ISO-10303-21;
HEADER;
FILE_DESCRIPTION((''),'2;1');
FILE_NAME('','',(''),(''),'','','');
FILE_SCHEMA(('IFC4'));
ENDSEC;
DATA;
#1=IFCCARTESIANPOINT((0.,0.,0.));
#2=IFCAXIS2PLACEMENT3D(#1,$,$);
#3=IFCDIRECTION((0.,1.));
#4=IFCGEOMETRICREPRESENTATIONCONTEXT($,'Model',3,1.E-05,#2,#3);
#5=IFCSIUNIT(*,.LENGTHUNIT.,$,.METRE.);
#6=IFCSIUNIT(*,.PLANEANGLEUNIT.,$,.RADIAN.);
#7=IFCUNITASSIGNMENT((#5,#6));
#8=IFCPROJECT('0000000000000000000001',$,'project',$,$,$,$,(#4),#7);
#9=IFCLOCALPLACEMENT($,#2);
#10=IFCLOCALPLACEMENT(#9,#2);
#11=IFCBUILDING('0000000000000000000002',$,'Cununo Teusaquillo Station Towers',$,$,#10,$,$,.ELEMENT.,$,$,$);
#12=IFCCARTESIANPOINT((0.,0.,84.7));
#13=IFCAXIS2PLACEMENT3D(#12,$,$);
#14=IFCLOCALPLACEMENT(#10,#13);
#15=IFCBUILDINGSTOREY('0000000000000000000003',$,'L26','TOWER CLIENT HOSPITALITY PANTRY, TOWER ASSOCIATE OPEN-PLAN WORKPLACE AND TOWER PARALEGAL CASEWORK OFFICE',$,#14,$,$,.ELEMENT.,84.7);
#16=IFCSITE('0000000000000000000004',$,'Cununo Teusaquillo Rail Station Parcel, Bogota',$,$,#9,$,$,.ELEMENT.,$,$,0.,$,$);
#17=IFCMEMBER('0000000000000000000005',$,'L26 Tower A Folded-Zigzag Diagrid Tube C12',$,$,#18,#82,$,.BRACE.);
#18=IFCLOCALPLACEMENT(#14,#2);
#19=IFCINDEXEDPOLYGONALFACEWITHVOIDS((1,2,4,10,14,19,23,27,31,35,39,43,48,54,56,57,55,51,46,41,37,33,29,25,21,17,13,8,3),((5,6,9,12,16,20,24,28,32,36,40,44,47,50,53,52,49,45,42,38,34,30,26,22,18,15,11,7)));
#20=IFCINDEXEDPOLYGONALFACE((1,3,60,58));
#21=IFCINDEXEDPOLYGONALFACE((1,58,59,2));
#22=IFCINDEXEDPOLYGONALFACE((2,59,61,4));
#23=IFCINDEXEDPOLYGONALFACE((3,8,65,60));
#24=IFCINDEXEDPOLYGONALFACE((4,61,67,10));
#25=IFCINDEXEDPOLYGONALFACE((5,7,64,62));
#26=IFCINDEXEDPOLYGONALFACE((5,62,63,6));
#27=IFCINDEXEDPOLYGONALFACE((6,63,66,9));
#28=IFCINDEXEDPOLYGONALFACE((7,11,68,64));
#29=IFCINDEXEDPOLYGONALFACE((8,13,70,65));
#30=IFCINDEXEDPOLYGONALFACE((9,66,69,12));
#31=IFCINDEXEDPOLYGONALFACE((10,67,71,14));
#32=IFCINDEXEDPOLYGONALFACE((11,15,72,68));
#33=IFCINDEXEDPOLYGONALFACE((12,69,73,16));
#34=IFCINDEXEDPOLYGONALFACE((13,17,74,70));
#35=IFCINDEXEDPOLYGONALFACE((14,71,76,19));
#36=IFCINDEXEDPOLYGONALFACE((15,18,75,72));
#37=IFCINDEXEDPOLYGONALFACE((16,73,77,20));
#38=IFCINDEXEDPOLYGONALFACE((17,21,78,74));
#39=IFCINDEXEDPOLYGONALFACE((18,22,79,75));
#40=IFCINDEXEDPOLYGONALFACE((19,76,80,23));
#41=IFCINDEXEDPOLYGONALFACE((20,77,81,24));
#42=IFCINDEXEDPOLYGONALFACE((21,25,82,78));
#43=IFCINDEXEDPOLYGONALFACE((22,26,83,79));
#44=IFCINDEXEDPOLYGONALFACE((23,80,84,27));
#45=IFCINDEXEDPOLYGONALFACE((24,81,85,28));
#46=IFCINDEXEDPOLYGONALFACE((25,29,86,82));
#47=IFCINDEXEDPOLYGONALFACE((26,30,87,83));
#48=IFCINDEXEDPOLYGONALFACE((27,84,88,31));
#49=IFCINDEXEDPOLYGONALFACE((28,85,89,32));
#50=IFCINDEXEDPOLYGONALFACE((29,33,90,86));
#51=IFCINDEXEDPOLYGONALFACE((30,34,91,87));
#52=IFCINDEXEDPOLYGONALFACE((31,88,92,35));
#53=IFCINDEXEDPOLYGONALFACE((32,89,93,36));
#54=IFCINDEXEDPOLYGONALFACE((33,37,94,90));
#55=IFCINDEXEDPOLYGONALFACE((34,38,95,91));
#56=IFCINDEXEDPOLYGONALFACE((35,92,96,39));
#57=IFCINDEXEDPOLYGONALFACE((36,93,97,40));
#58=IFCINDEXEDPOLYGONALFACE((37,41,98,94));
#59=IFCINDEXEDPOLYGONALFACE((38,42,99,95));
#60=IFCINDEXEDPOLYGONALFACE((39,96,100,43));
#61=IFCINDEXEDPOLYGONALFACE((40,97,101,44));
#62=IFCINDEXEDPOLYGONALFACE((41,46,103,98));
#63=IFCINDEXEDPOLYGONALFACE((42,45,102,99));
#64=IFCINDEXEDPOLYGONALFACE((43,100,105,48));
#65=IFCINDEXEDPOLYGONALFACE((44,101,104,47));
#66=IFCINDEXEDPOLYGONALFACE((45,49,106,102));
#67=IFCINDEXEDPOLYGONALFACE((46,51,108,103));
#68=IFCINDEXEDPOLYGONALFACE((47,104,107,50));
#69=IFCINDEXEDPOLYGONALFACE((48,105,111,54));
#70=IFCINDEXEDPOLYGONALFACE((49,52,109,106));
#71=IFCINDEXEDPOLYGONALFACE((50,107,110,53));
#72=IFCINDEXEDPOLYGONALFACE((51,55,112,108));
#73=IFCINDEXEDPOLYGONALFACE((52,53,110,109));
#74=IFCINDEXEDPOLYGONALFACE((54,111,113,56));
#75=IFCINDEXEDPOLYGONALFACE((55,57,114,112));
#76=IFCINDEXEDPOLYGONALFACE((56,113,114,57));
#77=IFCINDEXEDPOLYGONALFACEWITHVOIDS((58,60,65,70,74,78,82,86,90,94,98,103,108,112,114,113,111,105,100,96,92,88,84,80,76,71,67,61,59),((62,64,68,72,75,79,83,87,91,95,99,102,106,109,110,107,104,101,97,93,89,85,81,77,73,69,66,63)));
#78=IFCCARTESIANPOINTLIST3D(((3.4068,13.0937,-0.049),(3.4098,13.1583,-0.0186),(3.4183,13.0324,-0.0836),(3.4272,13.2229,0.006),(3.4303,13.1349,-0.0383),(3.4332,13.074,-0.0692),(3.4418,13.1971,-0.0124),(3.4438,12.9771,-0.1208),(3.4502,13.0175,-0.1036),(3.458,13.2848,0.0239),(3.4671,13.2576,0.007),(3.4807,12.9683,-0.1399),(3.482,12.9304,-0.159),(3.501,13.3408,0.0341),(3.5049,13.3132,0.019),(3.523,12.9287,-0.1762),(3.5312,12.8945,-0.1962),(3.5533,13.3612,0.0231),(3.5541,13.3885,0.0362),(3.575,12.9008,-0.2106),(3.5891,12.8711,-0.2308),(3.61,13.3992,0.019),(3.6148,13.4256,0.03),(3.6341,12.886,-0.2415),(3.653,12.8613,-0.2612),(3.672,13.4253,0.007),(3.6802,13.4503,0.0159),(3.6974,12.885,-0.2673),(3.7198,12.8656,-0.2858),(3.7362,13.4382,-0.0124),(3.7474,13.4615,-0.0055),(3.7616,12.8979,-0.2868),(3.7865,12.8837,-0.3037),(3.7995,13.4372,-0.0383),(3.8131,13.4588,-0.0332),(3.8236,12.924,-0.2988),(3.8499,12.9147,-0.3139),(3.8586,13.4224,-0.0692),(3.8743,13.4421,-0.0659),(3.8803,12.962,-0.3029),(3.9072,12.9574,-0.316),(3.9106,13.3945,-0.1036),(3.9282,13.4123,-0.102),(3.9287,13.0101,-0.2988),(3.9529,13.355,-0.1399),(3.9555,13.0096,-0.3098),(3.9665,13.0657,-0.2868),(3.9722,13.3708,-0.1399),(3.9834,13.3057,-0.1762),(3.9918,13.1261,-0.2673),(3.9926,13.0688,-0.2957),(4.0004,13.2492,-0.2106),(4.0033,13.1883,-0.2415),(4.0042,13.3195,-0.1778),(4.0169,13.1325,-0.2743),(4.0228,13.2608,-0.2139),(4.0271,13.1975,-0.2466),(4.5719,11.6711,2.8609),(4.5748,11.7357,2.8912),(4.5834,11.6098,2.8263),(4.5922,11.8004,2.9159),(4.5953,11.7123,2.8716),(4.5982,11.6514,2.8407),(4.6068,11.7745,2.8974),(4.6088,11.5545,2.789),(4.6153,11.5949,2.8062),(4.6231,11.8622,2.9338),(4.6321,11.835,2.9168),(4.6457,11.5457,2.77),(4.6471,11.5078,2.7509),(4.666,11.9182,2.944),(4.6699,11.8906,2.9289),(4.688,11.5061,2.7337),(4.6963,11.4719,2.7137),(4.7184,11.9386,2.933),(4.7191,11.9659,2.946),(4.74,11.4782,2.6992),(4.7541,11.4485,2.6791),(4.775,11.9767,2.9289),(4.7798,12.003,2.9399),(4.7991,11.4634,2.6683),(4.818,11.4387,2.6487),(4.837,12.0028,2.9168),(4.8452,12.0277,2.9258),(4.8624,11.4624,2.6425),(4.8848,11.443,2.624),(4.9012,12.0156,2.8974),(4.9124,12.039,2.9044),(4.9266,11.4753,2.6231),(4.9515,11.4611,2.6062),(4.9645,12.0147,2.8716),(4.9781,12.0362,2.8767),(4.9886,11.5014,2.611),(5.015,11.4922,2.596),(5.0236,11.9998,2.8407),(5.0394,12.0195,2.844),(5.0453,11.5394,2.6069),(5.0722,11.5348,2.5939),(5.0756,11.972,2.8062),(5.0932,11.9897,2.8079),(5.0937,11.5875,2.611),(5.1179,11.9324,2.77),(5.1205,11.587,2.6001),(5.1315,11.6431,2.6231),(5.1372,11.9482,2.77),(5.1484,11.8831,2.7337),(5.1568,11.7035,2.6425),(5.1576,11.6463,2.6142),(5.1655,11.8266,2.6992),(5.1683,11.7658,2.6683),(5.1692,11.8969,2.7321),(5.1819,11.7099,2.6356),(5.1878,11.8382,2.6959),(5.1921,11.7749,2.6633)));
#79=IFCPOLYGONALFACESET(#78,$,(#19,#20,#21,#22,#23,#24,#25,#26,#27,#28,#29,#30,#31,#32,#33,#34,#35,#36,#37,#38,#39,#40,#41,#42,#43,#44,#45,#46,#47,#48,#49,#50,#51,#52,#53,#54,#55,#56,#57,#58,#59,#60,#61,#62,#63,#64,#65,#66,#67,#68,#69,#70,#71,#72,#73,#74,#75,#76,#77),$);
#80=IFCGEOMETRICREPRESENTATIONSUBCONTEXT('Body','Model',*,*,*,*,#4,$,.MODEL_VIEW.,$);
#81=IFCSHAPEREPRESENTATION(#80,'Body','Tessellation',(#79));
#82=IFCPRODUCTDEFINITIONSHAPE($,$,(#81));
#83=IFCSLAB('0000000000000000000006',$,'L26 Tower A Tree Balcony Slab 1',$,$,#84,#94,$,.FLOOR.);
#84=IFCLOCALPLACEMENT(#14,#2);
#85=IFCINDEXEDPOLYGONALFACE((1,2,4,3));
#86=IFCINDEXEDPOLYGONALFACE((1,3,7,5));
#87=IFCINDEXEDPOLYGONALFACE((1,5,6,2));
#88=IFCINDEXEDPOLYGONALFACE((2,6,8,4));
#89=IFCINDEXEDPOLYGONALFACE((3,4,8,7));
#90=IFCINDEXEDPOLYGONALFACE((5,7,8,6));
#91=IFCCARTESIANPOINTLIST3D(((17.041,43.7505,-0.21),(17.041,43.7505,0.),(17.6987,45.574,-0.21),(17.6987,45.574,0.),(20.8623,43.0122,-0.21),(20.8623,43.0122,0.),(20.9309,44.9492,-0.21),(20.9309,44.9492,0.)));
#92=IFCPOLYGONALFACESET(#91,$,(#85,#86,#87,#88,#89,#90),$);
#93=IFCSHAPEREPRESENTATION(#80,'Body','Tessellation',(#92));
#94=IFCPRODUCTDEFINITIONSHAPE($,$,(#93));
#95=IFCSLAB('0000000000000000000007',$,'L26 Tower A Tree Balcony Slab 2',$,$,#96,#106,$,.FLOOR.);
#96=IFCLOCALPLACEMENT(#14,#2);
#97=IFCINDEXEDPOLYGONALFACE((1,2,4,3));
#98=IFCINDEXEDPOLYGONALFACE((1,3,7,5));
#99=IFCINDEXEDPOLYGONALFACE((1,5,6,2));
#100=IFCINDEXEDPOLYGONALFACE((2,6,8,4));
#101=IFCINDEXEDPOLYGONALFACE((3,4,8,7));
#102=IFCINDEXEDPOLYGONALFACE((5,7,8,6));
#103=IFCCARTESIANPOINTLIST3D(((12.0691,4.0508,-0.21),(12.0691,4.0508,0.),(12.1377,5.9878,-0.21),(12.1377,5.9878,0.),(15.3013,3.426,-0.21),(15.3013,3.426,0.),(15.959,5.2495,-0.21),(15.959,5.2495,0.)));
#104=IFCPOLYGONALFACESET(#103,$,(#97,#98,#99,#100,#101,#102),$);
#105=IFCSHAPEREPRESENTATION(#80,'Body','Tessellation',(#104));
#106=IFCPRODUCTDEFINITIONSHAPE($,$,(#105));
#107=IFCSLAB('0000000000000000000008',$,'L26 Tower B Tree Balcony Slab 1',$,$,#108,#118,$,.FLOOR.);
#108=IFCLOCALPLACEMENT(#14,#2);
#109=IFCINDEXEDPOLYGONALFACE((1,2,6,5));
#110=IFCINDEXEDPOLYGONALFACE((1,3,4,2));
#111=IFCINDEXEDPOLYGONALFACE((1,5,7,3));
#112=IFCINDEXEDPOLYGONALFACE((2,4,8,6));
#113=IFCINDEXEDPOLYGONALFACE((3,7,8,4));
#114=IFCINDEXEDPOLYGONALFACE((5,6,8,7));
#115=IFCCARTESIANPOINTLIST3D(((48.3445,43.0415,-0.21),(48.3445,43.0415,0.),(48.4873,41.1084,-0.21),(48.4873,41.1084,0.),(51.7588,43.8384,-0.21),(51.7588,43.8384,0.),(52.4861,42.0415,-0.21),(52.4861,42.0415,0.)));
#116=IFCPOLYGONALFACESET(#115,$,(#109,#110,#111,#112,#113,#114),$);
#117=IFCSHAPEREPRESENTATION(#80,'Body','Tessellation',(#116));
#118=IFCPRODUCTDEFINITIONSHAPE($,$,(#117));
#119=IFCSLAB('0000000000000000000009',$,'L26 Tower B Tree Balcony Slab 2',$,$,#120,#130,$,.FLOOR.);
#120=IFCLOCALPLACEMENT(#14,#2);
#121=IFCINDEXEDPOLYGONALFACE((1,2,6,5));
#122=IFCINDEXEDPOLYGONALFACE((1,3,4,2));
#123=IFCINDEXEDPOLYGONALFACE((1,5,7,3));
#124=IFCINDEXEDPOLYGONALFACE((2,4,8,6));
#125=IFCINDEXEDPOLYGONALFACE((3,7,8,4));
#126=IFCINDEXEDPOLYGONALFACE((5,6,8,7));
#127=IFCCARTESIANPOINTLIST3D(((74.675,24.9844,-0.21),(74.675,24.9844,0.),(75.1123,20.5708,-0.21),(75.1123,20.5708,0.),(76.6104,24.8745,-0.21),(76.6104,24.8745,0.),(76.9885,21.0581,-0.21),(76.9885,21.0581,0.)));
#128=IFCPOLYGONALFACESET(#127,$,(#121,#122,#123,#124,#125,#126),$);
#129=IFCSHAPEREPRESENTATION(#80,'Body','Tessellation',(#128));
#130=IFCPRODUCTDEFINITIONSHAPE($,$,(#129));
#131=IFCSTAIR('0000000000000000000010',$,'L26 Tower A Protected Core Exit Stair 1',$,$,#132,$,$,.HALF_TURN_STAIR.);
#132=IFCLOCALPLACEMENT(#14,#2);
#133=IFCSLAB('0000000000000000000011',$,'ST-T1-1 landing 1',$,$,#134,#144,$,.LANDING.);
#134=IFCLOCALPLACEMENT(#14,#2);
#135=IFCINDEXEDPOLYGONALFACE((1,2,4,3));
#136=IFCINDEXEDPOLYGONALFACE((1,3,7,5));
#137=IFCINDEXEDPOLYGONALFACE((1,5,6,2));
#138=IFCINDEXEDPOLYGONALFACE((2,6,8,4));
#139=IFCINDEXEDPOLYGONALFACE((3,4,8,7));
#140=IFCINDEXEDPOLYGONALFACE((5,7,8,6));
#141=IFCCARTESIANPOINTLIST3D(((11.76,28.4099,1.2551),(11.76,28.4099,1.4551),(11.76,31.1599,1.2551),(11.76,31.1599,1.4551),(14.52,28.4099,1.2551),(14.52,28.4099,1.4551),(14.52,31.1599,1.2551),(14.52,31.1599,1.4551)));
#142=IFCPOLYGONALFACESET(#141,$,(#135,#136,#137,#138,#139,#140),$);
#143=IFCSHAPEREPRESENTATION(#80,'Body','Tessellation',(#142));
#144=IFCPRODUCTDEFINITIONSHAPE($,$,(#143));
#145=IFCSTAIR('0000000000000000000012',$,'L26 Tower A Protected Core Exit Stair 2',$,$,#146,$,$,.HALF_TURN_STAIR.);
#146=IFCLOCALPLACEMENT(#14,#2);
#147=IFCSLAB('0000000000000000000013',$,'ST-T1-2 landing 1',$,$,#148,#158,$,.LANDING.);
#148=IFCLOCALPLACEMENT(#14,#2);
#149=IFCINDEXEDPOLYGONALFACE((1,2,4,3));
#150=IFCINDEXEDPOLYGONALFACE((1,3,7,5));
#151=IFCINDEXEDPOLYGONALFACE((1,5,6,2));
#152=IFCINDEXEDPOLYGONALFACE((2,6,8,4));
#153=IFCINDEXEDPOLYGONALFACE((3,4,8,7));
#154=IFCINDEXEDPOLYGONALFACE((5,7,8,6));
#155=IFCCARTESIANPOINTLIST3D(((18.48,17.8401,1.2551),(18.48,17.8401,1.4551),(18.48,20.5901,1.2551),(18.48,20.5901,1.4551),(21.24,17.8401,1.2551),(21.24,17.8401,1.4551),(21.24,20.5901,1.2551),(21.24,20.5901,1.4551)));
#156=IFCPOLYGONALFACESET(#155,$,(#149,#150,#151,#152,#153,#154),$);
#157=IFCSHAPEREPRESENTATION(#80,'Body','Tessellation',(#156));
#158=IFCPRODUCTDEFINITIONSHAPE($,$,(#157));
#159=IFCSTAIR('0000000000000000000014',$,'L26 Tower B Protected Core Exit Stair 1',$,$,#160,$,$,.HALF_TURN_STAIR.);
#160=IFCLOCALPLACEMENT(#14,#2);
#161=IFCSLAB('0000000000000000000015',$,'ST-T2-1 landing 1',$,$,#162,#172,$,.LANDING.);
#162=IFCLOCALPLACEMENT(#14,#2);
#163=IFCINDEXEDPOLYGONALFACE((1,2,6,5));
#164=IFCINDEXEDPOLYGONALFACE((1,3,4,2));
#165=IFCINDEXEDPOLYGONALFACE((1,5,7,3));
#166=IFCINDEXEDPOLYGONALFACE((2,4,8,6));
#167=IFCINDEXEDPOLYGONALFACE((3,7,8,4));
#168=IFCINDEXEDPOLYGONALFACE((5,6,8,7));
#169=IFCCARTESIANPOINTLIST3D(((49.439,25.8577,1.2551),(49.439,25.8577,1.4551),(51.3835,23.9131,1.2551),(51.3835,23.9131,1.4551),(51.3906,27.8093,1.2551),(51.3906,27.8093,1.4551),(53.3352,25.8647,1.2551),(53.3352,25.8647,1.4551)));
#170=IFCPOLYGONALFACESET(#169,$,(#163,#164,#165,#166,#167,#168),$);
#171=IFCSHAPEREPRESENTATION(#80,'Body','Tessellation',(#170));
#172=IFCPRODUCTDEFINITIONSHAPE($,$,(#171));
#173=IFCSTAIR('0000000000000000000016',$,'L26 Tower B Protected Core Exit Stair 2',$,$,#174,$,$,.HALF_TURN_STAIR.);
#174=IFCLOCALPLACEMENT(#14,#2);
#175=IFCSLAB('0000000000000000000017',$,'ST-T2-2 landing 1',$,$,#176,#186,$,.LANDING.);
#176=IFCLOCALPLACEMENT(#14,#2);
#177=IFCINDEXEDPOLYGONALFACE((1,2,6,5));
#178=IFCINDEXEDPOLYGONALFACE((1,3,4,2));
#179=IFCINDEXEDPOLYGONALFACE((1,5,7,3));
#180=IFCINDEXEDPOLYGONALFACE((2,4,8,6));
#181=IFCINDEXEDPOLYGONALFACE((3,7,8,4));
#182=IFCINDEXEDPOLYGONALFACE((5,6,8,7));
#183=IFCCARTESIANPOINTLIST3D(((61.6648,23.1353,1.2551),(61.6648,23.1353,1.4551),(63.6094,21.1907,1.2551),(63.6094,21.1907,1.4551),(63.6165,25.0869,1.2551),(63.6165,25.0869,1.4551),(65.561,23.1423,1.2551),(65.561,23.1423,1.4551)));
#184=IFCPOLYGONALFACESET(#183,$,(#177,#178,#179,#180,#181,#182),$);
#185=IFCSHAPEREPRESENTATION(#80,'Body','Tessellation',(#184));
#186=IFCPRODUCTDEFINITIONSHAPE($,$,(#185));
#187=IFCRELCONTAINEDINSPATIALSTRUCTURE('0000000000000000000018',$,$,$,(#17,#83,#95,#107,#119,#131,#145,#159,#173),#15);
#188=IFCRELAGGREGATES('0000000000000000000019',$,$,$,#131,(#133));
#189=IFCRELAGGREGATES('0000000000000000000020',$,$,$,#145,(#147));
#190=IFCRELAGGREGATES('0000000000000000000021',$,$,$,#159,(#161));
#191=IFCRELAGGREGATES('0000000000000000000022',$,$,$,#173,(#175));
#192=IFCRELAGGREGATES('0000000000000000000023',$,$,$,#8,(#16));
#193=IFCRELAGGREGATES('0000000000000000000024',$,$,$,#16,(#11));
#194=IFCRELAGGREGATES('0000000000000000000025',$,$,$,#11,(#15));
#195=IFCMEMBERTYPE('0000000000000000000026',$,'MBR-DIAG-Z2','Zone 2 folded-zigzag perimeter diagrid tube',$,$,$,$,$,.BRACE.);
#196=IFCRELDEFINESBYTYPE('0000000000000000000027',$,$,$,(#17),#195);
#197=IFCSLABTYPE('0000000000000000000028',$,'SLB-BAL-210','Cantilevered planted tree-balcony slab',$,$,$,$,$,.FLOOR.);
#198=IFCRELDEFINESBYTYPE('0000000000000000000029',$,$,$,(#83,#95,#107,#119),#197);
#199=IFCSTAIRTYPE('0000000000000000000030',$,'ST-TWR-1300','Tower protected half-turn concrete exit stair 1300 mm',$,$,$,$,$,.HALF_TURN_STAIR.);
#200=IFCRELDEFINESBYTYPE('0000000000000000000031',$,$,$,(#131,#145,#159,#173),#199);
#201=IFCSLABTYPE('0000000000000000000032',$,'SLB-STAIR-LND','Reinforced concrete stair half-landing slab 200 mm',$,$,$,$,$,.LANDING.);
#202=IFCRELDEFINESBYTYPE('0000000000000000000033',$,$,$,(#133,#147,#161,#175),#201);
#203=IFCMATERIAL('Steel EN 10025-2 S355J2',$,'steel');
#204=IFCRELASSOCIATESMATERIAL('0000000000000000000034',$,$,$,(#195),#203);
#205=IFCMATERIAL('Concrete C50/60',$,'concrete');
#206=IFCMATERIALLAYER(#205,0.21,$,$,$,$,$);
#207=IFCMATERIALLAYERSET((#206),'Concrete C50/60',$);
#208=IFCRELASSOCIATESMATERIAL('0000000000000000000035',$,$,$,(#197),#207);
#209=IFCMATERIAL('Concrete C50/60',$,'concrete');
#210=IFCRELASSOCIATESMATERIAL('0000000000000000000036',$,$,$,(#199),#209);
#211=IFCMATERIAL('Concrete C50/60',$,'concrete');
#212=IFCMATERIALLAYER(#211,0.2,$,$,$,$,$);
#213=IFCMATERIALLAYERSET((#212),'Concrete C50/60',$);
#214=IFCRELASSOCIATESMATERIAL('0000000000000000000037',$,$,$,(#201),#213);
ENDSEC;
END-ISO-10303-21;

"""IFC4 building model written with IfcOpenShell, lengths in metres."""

from ifc_helpers import new_model, si_unit, direction, frame, origin, origin_2d, place, context, subcontext, project, spatial, polyline, hollow_circle, outline, extrude, material, layer, layer_set, material_profile, profile_set, type_object, element, aggregate, save


model = new_model("IFC4")

# Units and contexts
model_context = context("Model", 3, precision=1e-05, world=origin(), true_north=direction((0.0, 1.0)))
body_context = subcontext(model_context, "Body", "Model", "MODEL_VIEW")
ifc_project = project(units=[si_unit("LENGTHUNIT", "METRE"), si_unit("PLANEANGLEUNIT", "RADIAN")], contexts=[model_context])

# Site, building, storey
site_placement = place(None, origin())
site = spatial("IfcSite", under=ifc_project, at=site_placement, Name="Cununo Teusaquillo Rail Station Parcel, Bogota", CompositionType="ELEMENT", RefElevation=0.0)
building_placement = place(site_placement, origin())
building = spatial("IfcBuilding", under=site, at=building_placement, Name="Cununo Teusaquillo Station Towers", CompositionType="ELEMENT")
storey_placement = place(building_placement, frame((0.0, 0.0, 84.7)))
storey = spatial("IfcBuildingStorey", under=building, at=storey_placement, Name="L26", Description="TOWER CLIENT HOSPITALITY PANTRY, TOWER ASSOCIATE OPEN-PLAN WORKPLACE AND TOWER PARALEGAL CASEWORK OFFICE", CompositionType="ELEMENT", Elevation=84.7)

# Member
ifc_material_1 = material(Name="Steel EN 10025-2 S355J2", Category="steel")
ifc_material_profile_1 = material_profile(ifc_material_1, hollow_circle(Radius=0.3301, WallThickness=0.0249, at=origin_2d()), Name="CHS 660x25")
ifc_profile_set_1 = profile_set([ifc_material_profile_1], Name="Steel EN 10025-2 S355J2")
member_type = type_object("IfcMemberType", Name="MBR-DIAG-Z2", Description="Zone 2 folded-zigzag perimeter diagrid tube", PredefinedType="BRACE", material=ifc_profile_set_1)
member_placement = place(storey_placement, frame((3.7168, 13.1616, -0.1399), z_axis=(0.338458, -0.413285, 0.845365), x_axis=(0.773667, 0.633592, 0.0)))
element("IfcMember", 1, at=member_placement, inside=storey, type_object=member_type, Name="L26 Tower A Folded-Zigzag Diagrid Tube C12", PredefinedType="BRACE", context=body_context, shape_type="SweptSolid", body=[
    extrude(hollow_circle(Radius=0.3301, WallThickness=0.0249, at=origin_2d()), origin(), (0.0, 0.0, 1.0), 3.4421),
])

# Slabs
ifc_material_2 = material(Name="Concrete C50/60", Category="concrete")
ifc_layer_1 = layer(ifc_material_2, 0.21)
ifc_layer_set_1 = layer_set([ifc_layer_1], Name="Concrete C50/60")
slab_type_1 = type_object("IfcSlabType", Name="SLB-BAL-210", Description="Cantilevered planted tree-balcony slab", PredefinedType="FLOOR", material=ifc_layer_set_1)
slab_1_placement = place(storey_placement, frame((0.0, 0.0, -0.21)))
element("IfcSlab", 2, at=slab_1_placement, inside=storey, type_object=slab_type_1, Name="L26 Tower A Tree Balcony Slab 1", PredefinedType="FLOOR", context=body_context, shape_type="SweptSolid", body=[
    extrude(outline(polyline([(20.8623, 43.0122), (17.041, 43.7505), (17.6987, 45.574), (20.9309, 44.9492), (20.8623, 43.0122)])), origin(), (0.0, 0.0, 1.0), 0.21),
])
slab_2_placement = place(storey_placement, frame((0.0, 0.0, -0.21)))
element("IfcSlab", 3, at=slab_2_placement, inside=storey, type_object=slab_type_1, Name="L26 Tower A Tree Balcony Slab 2", PredefinedType="FLOOR", context=body_context, shape_type="SweptSolid", body=[
    extrude(outline(polyline([(12.1377, 5.9878), (15.959, 5.2495), (15.3013, 3.426), (12.0691, 4.0508), (12.1377, 5.9878)])), origin(), (0.0, 0.0, 1.0), 0.21),
])
slab_3_placement = place(storey_placement, frame((0.0, 0.0, -0.21)))
element("IfcSlab", 4, at=slab_3_placement, inside=storey, type_object=slab_type_1, Name="L26 Tower B Tree Balcony Slab 1", PredefinedType="FLOOR", context=body_context, shape_type="SweptSolid", body=[
    extrude(outline(polyline([(52.4861, 42.0415), (48.4873, 41.1084), (48.3445, 43.0415), (51.7588, 43.8384), (52.4861, 42.0415)])), origin(), (0.0, 0.0, 1.0), 0.21),
])
slab_4_placement = place(storey_placement, frame((0.0, 0.0, -0.21)))
element("IfcSlab", 5, at=slab_4_placement, inside=storey, type_object=slab_type_1, Name="L26 Tower B Tree Balcony Slab 2", PredefinedType="FLOOR", context=body_context, shape_type="SweptSolid", body=[
    extrude(outline(polyline([(75.1123, 20.5708), (74.675, 24.9844), (76.6104, 24.8745), (76.9885, 21.0581), (75.1123, 20.5708)])), origin(), (0.0, 0.0, 1.0), 0.21),
])

# Stairs, slabs
ifc_material_3 = material(Name="Concrete C50/60", Category="concrete")
stair_type = type_object("IfcStairType", Name="ST-TWR-1300", Description="Tower protected half-turn concrete exit stair 1300 mm", PredefinedType="HALF_TURN_STAIR", material=ifc_material_3)
stair_1_placement = place(storey_placement, origin())
stair_1 = element("IfcStair", 6, at=stair_1_placement, inside=storey, type_object=stair_type, Name="L26 Tower A Protected Core Exit Stair 1", PredefinedType="HALF_TURN_STAIR")
ifc_material_4 = material(Name="Concrete C50/60", Category="concrete")
ifc_layer_2 = layer(ifc_material_4, 0.2)
ifc_layer_set_2 = layer_set([ifc_layer_2], Name="Concrete C50/60")
slab_type_2 = type_object("IfcSlabType", Name="SLB-STAIR-LND", Description="Reinforced concrete stair half-landing slab 200 mm", PredefinedType="LANDING", material=ifc_layer_set_2)
slab_5_placement = place(storey_placement, frame((0.0, 0.0, 1.2551)))
slab_5 = element("IfcSlab", 7, at=slab_5_placement, type_object=slab_type_2, Name="ST-T1-1 landing 1", PredefinedType="LANDING", context=body_context, shape_type="SweptSolid", body=[
    extrude(outline(polyline([(14.52, 28.4099), (14.52, 31.1599), (11.76, 31.1599), (11.76, 28.4099), (14.52, 28.4099)])), origin(), (0.0, 0.0, 1.0), 0.2),
])
aggregate(stair_1, [slab_5])
stair_2_placement = place(storey_placement, origin())
stair_2 = element("IfcStair", 8, at=stair_2_placement, inside=storey, type_object=stair_type, Name="L26 Tower A Protected Core Exit Stair 2", PredefinedType="HALF_TURN_STAIR")
slab_6_placement = place(storey_placement, frame((0.0, 0.0, 1.2551)))
slab_6 = element("IfcSlab", 9, at=slab_6_placement, type_object=slab_type_2, Name="ST-T1-2 landing 1", PredefinedType="LANDING", context=body_context, shape_type="SweptSolid", body=[
    extrude(outline(polyline([(18.48, 20.5901), (18.48, 17.8401), (21.24, 17.8401), (21.24, 20.5901), (18.48, 20.5901)])), origin(), (0.0, 0.0, 1.0), 0.2),
])
aggregate(stair_2, [slab_6])
stair_3_placement = place(storey_placement, origin())
stair_3 = element("IfcStair", 10, at=stair_3_placement, inside=storey, type_object=stair_type, Name="L26 Tower B Protected Core Exit Stair 1", PredefinedType="HALF_TURN_STAIR")
slab_7_placement = place(storey_placement, frame((0.0, 0.0, 1.2551)))
slab_7 = element("IfcSlab", 11, at=slab_7_placement, type_object=slab_type_2, Name="ST-T2-1 landing 1", PredefinedType="LANDING", context=body_context, shape_type="SweptSolid", body=[
    extrude(outline(polyline([(53.3352, 25.8647), (51.3906, 27.8093), (49.439, 25.8577), (51.3835, 23.9131), (53.3352, 25.8647)])), origin(), (0.0, 0.0, 1.0), 0.2),
])
aggregate(stair_3, [slab_7])
stair_4_placement = place(storey_placement, origin())
stair_4 = element("IfcStair", 12, at=stair_4_placement, inside=storey, type_object=stair_type, Name="L26 Tower B Protected Core Exit Stair 2", PredefinedType="HALF_TURN_STAIR")
slab_8_placement = place(storey_placement, frame((0.0, 0.0, 1.2551)))
slab_8 = element("IfcSlab", 13, at=slab_8_placement, type_object=slab_type_2, Name="ST-T2-2 landing 1", PredefinedType="LANDING", context=body_context, shape_type="SweptSolid", body=[
    extrude(outline(polyline([(61.6648, 23.1353), (63.6094, 21.1907), (65.561, 23.1423), (63.6165, 25.0869), (61.6648, 23.1353)])), origin(), (0.0, 0.0, 1.0), 0.2),
])
aggregate(stair_4, [slab_8])

save(model, "model.ifc")
